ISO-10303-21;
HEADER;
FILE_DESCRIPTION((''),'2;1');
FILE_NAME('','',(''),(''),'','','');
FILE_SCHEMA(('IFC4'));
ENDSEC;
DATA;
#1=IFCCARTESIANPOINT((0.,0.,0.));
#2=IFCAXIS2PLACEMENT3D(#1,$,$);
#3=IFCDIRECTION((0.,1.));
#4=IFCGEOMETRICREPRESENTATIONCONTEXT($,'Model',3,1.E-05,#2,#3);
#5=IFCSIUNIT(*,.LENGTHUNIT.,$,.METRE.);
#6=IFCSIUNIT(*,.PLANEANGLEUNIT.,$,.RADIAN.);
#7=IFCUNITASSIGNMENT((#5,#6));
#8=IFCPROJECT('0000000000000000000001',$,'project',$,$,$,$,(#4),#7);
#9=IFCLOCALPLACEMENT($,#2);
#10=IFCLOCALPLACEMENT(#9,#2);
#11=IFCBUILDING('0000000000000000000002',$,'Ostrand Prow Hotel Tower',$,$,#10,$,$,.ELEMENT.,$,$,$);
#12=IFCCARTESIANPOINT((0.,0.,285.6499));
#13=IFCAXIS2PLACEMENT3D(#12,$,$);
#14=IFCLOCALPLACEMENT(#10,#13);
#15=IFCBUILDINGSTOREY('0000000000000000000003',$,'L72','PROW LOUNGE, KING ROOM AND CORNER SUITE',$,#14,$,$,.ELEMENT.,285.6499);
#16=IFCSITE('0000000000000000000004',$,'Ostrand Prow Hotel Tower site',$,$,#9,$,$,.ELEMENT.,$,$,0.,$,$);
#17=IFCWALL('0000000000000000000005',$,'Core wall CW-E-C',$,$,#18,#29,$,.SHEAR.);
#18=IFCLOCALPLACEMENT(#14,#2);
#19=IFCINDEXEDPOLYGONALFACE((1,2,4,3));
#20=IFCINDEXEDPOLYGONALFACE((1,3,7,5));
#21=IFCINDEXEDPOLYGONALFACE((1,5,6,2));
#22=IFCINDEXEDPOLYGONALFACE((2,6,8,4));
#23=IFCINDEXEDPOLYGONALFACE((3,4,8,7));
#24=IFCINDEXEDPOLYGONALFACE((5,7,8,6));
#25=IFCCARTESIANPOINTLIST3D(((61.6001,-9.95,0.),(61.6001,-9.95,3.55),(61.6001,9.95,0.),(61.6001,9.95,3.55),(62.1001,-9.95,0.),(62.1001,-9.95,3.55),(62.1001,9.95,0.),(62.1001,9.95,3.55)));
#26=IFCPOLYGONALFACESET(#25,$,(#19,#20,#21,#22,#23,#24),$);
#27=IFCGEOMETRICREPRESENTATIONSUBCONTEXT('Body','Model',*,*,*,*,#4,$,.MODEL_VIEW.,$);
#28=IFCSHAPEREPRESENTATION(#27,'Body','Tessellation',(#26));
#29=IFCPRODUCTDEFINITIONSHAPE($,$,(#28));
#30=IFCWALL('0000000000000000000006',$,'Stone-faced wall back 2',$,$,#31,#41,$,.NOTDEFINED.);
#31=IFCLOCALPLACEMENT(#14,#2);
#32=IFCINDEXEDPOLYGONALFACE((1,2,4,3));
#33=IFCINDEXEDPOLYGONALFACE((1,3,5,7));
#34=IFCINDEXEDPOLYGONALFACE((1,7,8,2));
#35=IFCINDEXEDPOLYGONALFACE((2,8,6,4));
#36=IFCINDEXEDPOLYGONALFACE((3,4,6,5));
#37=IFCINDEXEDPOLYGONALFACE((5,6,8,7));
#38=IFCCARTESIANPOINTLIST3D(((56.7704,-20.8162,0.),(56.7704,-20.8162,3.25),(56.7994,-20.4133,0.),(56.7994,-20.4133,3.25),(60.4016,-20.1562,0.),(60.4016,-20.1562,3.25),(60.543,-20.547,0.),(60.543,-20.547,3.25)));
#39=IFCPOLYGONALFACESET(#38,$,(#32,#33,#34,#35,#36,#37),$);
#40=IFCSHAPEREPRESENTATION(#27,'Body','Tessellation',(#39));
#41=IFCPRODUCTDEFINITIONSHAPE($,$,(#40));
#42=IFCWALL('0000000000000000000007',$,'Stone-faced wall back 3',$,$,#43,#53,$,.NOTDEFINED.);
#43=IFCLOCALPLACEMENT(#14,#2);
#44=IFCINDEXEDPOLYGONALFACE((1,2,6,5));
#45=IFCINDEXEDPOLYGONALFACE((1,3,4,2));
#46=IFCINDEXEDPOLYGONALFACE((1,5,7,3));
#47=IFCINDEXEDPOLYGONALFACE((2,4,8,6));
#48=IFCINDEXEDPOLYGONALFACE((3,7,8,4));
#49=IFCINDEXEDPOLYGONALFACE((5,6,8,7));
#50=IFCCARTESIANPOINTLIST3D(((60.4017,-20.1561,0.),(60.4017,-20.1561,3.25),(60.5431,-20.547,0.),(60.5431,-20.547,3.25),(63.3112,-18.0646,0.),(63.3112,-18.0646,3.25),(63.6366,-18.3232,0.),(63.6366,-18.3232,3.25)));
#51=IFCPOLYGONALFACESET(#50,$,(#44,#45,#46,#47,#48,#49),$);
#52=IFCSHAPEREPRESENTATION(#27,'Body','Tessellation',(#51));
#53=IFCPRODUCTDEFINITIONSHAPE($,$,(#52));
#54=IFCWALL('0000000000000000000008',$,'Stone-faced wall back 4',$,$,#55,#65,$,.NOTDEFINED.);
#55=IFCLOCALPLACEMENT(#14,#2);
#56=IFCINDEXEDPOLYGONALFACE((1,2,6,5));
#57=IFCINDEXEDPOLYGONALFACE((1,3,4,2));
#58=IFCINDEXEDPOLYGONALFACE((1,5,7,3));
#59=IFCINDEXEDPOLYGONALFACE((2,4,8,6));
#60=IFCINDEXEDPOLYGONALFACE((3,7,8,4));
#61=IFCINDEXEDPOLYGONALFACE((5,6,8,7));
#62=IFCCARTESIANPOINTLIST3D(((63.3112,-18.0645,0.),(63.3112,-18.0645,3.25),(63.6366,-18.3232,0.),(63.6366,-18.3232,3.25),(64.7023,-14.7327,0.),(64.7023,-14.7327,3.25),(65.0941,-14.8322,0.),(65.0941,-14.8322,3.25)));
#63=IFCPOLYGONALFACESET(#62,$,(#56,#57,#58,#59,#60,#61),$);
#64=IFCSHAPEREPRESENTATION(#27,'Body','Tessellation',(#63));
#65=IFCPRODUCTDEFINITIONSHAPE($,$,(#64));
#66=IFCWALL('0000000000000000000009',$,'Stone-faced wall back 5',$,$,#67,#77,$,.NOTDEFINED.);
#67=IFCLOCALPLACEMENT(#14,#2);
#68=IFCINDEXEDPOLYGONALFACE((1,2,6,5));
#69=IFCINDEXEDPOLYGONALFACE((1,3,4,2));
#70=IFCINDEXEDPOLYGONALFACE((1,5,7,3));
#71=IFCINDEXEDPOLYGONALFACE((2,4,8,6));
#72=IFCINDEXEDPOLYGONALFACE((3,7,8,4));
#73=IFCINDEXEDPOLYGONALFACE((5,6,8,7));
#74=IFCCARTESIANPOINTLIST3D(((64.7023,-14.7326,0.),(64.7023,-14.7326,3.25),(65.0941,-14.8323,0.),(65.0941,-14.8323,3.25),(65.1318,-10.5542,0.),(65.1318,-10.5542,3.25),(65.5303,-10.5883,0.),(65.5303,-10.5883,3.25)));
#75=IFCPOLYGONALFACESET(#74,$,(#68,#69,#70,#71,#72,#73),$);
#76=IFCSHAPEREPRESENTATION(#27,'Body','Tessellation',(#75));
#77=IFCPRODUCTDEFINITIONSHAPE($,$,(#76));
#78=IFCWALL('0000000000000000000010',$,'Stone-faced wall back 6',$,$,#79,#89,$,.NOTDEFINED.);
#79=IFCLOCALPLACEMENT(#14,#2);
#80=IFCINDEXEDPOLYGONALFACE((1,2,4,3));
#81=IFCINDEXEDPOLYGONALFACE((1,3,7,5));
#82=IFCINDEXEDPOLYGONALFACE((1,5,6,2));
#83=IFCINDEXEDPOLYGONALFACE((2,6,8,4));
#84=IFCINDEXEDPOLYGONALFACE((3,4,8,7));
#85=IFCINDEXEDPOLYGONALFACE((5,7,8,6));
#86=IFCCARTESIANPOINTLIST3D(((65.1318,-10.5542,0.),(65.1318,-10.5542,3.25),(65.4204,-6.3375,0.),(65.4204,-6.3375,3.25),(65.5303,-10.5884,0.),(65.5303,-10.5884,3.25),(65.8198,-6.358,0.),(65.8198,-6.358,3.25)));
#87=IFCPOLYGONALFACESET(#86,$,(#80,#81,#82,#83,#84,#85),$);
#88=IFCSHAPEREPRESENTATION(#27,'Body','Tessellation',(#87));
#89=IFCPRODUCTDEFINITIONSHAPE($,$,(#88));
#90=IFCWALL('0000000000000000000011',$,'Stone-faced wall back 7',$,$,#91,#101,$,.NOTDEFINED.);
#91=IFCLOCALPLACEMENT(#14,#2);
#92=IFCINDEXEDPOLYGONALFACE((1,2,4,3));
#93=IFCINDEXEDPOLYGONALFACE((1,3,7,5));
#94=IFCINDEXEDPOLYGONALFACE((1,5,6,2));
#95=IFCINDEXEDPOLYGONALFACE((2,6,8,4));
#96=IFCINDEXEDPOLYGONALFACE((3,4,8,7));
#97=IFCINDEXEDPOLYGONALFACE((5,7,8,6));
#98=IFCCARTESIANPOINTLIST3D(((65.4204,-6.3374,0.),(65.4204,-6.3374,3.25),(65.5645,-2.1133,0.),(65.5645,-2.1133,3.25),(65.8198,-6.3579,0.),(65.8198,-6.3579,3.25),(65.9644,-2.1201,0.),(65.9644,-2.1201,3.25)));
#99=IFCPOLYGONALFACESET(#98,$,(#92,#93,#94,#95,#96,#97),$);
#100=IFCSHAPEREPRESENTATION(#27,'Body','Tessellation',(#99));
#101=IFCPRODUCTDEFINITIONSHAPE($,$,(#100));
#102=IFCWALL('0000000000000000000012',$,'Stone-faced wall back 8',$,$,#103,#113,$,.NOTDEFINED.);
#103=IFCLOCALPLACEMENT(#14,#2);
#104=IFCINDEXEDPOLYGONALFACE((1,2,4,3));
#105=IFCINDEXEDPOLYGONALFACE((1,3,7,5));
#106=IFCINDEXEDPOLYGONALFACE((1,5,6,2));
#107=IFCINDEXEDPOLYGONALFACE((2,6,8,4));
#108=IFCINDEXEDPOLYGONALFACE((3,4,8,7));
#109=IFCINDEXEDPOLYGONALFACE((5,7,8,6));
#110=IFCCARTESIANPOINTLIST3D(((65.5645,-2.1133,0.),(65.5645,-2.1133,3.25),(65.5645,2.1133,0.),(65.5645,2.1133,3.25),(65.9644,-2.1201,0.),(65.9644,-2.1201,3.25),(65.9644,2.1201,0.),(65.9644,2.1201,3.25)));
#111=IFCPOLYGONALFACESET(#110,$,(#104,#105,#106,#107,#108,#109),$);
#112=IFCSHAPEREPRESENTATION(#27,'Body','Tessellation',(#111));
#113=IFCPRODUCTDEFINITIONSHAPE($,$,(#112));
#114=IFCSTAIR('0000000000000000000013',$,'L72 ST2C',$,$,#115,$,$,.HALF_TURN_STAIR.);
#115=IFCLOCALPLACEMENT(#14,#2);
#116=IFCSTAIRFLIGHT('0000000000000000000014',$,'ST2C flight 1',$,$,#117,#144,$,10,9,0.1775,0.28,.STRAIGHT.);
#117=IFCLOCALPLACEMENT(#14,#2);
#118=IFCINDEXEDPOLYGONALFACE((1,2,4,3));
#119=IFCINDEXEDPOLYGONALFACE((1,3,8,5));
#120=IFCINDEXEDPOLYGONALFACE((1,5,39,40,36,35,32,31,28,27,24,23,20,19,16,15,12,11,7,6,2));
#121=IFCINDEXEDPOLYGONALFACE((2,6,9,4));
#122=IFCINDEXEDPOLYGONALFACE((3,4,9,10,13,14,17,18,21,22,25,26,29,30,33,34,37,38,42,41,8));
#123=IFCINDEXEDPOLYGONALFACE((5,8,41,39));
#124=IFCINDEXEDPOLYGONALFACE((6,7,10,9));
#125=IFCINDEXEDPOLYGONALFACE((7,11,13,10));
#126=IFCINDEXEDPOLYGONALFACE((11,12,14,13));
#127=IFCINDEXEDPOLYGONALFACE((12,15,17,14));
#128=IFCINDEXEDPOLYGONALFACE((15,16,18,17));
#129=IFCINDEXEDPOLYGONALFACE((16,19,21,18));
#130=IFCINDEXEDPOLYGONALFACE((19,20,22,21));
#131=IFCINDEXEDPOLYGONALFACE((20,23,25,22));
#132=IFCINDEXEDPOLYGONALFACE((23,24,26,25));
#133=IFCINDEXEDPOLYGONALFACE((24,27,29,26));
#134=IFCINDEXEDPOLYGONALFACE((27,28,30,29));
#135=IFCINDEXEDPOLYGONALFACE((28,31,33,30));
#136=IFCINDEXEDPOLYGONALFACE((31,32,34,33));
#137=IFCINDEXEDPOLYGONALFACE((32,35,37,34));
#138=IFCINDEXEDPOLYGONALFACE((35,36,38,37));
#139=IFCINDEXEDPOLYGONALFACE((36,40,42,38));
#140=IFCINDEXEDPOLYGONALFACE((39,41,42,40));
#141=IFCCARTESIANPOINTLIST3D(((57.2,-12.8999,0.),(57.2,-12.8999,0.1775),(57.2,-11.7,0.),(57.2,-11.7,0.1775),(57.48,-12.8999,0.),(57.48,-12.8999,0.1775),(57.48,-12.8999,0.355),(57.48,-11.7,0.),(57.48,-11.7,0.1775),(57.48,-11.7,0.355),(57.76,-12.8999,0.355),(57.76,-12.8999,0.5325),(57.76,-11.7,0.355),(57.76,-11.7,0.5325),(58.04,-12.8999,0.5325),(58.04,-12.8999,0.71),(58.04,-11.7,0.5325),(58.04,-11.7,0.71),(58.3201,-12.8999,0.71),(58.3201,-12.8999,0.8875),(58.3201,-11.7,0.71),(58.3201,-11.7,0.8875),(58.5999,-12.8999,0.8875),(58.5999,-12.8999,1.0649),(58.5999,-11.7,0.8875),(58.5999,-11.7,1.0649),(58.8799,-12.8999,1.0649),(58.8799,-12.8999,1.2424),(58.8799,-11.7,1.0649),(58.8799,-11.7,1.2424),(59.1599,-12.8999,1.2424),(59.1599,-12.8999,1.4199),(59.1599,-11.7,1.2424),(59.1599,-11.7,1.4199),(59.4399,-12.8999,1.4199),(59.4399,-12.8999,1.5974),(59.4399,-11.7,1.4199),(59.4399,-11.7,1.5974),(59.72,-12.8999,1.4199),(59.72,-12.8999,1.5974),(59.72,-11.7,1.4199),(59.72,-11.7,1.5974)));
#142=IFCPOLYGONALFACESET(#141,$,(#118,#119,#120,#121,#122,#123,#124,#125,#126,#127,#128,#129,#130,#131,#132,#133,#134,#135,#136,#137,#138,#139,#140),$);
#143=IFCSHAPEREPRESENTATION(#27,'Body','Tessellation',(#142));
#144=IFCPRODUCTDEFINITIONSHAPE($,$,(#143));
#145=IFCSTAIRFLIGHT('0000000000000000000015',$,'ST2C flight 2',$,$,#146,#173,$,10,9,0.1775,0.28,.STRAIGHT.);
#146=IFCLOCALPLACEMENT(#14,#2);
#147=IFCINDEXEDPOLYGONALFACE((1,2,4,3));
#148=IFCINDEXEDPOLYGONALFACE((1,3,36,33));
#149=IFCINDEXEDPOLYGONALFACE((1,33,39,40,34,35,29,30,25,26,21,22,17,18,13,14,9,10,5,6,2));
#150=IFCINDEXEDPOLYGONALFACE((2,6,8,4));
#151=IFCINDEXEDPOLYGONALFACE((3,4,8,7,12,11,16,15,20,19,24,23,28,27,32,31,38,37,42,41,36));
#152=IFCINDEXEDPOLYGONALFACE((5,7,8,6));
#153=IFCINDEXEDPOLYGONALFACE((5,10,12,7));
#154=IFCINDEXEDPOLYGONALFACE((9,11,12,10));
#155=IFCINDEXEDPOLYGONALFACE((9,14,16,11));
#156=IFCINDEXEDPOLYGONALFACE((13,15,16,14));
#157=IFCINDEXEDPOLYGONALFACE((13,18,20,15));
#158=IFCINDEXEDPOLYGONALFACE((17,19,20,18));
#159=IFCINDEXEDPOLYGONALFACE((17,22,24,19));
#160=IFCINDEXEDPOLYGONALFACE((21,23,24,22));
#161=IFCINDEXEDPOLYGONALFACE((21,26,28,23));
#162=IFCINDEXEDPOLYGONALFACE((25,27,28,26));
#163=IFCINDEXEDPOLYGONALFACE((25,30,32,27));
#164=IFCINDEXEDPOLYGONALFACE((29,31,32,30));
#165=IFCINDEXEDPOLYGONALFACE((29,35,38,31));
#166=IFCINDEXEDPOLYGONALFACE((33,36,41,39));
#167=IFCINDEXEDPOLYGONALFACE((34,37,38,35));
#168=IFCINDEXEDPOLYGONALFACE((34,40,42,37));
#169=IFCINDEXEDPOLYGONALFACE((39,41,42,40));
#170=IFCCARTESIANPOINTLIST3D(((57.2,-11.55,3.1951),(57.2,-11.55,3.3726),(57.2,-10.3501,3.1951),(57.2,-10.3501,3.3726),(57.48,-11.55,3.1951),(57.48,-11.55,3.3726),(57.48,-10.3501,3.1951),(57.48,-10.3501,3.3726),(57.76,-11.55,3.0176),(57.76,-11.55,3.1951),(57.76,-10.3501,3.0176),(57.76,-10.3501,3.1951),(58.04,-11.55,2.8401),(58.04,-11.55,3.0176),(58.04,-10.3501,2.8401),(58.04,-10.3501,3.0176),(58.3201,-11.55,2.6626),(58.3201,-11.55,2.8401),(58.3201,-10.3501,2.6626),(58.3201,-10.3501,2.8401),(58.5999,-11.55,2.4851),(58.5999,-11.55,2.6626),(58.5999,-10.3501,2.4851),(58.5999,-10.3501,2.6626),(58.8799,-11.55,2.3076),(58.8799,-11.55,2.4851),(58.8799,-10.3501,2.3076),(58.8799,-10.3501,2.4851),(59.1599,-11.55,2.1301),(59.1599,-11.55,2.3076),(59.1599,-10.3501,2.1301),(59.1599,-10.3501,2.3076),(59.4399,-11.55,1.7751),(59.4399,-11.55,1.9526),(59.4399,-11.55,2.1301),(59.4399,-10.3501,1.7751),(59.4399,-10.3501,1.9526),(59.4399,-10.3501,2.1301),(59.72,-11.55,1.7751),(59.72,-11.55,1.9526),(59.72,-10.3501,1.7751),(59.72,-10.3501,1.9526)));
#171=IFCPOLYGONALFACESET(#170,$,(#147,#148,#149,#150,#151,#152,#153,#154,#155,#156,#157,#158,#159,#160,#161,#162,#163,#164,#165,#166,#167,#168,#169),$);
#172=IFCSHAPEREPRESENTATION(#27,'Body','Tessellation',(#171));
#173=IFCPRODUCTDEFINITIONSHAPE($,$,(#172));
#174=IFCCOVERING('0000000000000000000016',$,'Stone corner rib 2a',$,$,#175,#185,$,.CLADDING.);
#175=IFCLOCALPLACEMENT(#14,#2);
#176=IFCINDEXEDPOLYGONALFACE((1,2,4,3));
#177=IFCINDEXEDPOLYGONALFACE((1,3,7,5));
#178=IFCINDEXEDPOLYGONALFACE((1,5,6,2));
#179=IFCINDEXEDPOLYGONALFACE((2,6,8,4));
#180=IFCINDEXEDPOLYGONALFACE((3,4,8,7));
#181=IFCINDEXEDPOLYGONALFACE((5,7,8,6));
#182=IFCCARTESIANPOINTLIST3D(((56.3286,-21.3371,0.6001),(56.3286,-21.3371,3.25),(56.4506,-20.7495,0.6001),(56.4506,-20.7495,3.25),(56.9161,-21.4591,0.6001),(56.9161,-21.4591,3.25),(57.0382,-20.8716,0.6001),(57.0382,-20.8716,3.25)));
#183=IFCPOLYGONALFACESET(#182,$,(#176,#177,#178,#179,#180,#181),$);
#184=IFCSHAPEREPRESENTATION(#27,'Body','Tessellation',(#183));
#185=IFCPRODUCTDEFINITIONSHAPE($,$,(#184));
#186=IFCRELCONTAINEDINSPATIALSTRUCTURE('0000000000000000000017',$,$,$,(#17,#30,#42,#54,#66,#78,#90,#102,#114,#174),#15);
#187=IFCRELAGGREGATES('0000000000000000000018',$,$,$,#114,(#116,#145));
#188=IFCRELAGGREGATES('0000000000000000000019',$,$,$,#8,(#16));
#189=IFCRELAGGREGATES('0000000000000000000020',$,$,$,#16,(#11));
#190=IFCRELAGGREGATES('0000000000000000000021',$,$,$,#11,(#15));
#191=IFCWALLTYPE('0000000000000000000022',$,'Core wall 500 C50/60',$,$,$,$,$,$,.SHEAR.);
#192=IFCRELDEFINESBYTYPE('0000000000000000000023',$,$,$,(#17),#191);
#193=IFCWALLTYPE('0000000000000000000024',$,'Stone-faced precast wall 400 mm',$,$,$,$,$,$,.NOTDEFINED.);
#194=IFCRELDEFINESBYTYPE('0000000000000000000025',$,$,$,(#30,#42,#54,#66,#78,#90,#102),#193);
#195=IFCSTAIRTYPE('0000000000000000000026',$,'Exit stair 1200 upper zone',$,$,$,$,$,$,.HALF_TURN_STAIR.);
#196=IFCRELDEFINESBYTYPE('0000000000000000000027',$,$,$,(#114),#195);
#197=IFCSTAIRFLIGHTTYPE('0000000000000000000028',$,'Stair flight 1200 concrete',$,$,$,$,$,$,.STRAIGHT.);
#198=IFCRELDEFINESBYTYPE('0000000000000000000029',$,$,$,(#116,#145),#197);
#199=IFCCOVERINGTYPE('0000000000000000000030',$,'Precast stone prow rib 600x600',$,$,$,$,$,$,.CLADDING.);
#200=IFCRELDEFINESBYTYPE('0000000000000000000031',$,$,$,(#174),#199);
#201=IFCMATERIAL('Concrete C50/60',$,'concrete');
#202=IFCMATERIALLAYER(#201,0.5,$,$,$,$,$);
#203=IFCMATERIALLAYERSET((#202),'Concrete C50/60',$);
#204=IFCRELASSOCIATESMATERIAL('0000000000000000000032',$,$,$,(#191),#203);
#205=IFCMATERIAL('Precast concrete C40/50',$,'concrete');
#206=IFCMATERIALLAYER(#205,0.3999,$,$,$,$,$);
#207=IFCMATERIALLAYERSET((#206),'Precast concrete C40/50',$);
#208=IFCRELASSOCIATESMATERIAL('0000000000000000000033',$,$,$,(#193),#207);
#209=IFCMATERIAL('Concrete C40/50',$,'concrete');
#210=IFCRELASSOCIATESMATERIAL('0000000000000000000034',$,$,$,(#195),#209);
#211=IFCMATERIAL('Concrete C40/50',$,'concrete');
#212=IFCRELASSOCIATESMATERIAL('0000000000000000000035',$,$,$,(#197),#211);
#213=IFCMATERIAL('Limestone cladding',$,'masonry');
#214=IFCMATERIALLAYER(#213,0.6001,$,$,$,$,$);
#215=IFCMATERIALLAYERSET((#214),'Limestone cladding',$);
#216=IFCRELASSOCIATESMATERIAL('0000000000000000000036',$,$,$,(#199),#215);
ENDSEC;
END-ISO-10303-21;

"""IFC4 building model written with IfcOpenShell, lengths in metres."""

from ifc_helpers import new_model, si_unit, direction, frame, frame_2d, origin, place, context, subcontext, project, spatial, polyline, rectangle, outline, extrude, material, layer, layer_set, type_object, element, aggregate, save


model = new_model("IFC4")

# Units and contexts
model_context = context("Model", 3, precision=1e-05, world=origin(), true_north=direction((0.0, 1.0)))
body_context = subcontext(model_context, "Body", "Model", "MODEL_VIEW")
ifc_project = project(units=[si_unit("LENGTHUNIT", "METRE"), si_unit("PLANEANGLEUNIT", "RADIAN")], contexts=[model_context])

# Site, building, storey
site_placement = place(None, origin())
site = spatial("IfcSite", under=ifc_project, at=site_placement, Name="Ostrand Prow Hotel Tower site", CompositionType="ELEMENT", RefElevation=0.0)
building_placement = place(site_placement, origin())
building = spatial("IfcBuilding", under=site, at=building_placement, Name="Ostrand Prow Hotel Tower", CompositionType="ELEMENT")
storey_placement = place(building_placement, frame((0.0, 0.0, 285.6499)))
storey = spatial("IfcBuildingStorey", under=building, at=storey_placement, Name="L72", Description="PROW LOUNGE, KING ROOM AND CORNER SUITE", CompositionType="ELEMENT", Elevation=285.6499)

# Walls
ifc_material_1 = material(Name="Concrete C50/60", Category="concrete")
ifc_layer_1 = layer(ifc_material_1, 0.5)
ifc_layer_set_1 = layer_set([ifc_layer_1], Name="Concrete C50/60")
wall_type_1 = type_object("IfcWallType", Name="Core wall 500 C50/60", PredefinedType="SHEAR", material=ifc_layer_set_1)
wall_1_placement = place(storey_placement, frame((61.8501, -9.95, 0.0), z_axis=(0.0, 0.0, 1.0), x_axis=(0.0, 1.0, 0.0)))
element("IfcWall", 1, at=wall_1_placement, inside=storey, type_object=wall_type_1, Name="Core wall CW-E-C", PredefinedType="SHEAR", context=body_context, shape_type="SweptSolid", body=[
    extrude(rectangle(XDim=19.8999, YDim=0.5, at=frame_2d((9.95, 0.0))), origin(), (0.0, 0.0, 1.0), 3.55),
])
ifc_material_2 = material(Name="Precast concrete C40/50", Category="concrete")
ifc_layer_2 = layer(ifc_material_2, 0.3999)
ifc_layer_set_2 = layer_set([ifc_layer_2], Name="Precast concrete C40/50")
wall_type_2 = type_object("IfcWallType", Name="Stone-faced precast wall 400 mm", PredefinedType="NOTDEFINED", material=ifc_layer_set_2)
wall_2_placement = place(storey_placement, frame((56.7849, -20.6147, 0.0), z_axis=(0.0, 0.0, 1.0), x_axis=(0.997463, 0.071191, 0.0)))
element("IfcWall", 2, at=wall_2_placement, inside=storey, type_object=wall_type_2, Name="Stone-faced wall back 2", PredefinedType="NOTDEFINED", context=body_context, shape_type="SweptSolid", body=[
    extrude(outline(polyline([(-0.0288, -0.2), (3.7534, -0.2), (3.6401, 0.2), (0.0288, 0.2), (-0.0288, -0.2)])), origin(), (0.0, 0.0, 1.0), 3.25),
])
wall_3_placement = place(storey_placement, frame((60.4724, -20.3516, 0.0), z_axis=(0.0, 0.0, 1.0), x_axis=(0.811963, 0.58371, 0.0)))
element("IfcWall", 3, at=wall_3_placement, inside=storey, type_object=wall_type_2, Name="Stone-faced wall back 3", PredefinedType="NOTDEFINED", context=body_context, shape_type="SweptSolid", body=[
    extrude(outline(polyline([(-0.0566, -0.2), (3.7532, -0.2), (3.6399, 0.2), (0.0566, 0.2), (-0.0566, -0.2)])), origin(), (0.0, 0.0, 1.0), 3.25),
])
wall_4_placement = place(storey_placement, frame((63.4739, -18.1938, 0.0), z_axis=(0.0, 0.0, 1.0), x_axis=(0.385286, 0.922797, 0.0)))
element("IfcWall", 4, at=wall_4_placement, inside=storey, type_object=wall_type_2, Name="Stone-faced wall back 4", PredefinedType="NOTDEFINED", context=body_context, shape_type="SweptSolid", body=[
    extrude(outline(polyline([(-0.0566, -0.2), (3.7263, -0.2), (3.6672, 0.2), (0.0566, 0.2), (-0.0566, -0.2)])), origin(), (0.0, 0.0, 1.0), 3.25),
])
wall_5_placement = place(storey_placement, frame((64.8982, -14.7825, 0.0), z_axis=(0.0, 0.0, 1.0), x_axis=(0.10225, 0.994759, 0.0)))
element("IfcWall", 5, at=wall_5_placement, inside=storey, type_object=wall_type_2, Name="Stone-faced wall back 5", PredefinedType="NOTDEFINED", context=body_context, shape_type="SweptSolid", body=[
    extrude(outline(polyline([(-0.0295, -0.2), (4.2368, -0.2), (4.23, 0.2), (0.0295, 0.2), (-0.0295, -0.2)])), origin(), (0.0, 0.0, 1.0), 3.25),
])
for number, where, z_axis, x_axis, name in (
    (6, (65.3311, -10.5713, 0.0), (0.0, 0.0, 1.0), (0.06828, 0.997666, 0.0), "Stone-faced wall back 6"),
    (7, (65.6201, -6.3477, 0.0), (0.0, 0.0, 1.0), (0.034083, 0.999419, 0.0), "Stone-faced wall back 7"),
    (8, (65.7644, -2.1167, 0.0), (0.0, 0.0, 1.0), (0.0, 1.0, 0.0), "Stone-faced wall back 8"),
):
    element("IfcWall", number, at=place(storey_placement, frame(where, z_axis=z_axis, x_axis=x_axis)), inside=storey, type_object=wall_type_2, Name=name, PredefinedType="NOTDEFINED", context=body_context, shape_type="SweptSolid", body=[
        extrude(outline(polyline([(-0.0034, -0.2), (4.2368, -0.2), (4.23, 0.2), (0.0034, 0.2), (-0.0034, -0.2)])), origin(), (0.0, 0.0, 1.0), 3.25),
    ])

# Stair, stair flights
ifc_material_3 = material(Name="Concrete C40/50", Category="concrete")
stair_type = type_object("IfcStairType", Name="Exit stair 1200 upper zone", PredefinedType="HALF_TURN_STAIR", material=ifc_material_3)
stair_placement = place(storey_placement, origin())
stair = element("IfcStair", 9, at=stair_placement, inside=storey, type_object=stair_type, Name="L72 ST2C", PredefinedType="HALF_TURN_STAIR")
ifc_material_4 = material(Name="Concrete C40/50", Category="concrete")
stair_flight_type = type_object("IfcStairFlightType", Name="Stair flight 1200 concrete", PredefinedType="STRAIGHT", material=ifc_material_4)
stair_flight_1_placement = place(storey_placement, frame((57.2, -12.3, 0.0), z_axis=(0.0, 0.0, 1.0), x_axis=(1.0, 0.0, 0.0)))
stair_flight_1 = element("IfcStairFlight", 10, at=stair_flight_1_placement, type_object=stair_flight_type, Name="ST2C flight 1", NumberOfRisers=10, NumberOfTreads=9, PredefinedType="STRAIGHT", RiserHeight=0.1775, TreadLength=0.28, context=body_context, shape_type="SweptSolid", body=[
    extrude(outline(polyline([(0.0, 0.0), (0.0, 0.1775), (0.28, 0.1775), (0.28, 0.355), (0.5601, 0.355), (0.5601, 0.5325), (0.8401, 0.5325), (0.8401, 0.71), (1.1201, 0.71), (1.1201, 0.8875), (1.3999, 0.8875), (1.3999, 1.0649), (1.6799, 1.0649), (1.6799, 1.2424), (1.96, 1.2424), (1.96, 1.4199), (2.24, 1.4199), (2.24, 1.5974), (2.52, 1.5974), (2.52, 1.7749), (2.52, 1.4199), (0.28, 0.0), (0.0, 0.0)])), frame((0.0, 0.6001, 0.0), z_axis=(0.0, -1.0, 0.0), x_axis=(1.0, 0.0, 0.0)), (0.0, 0.0, 1.0), 1.2),
])
stair_flight_2_placement = place(storey_placement, frame((59.72, -10.95, 1.7751), z_axis=(0.0, 0.0, 1.0), x_axis=(-1.0, 0.0, 0.0)))
stair_flight_2 = element("IfcStairFlight", 11, at=stair_flight_2_placement, type_object=stair_flight_type, Name="ST2C flight 2", NumberOfRisers=10, NumberOfTreads=9, PredefinedType="STRAIGHT", RiserHeight=0.1775, TreadLength=0.28, context=body_context, shape_type="SweptSolid", body=[
    extrude(outline(polyline([(0.0, 0.0), (0.0, 0.1775), (0.28, 0.1775), (0.28, 0.355), (0.5601, 0.355), (0.5601, 0.5325), (0.8401, 0.5325), (0.8401, 0.71), (1.1201, 0.71), (1.1201, 0.8875), (1.3999, 0.8875), (1.3999, 1.0649), (1.6799, 1.0649), (1.6799, 1.2424), (1.96, 1.2424), (1.96, 1.4199), (2.24, 1.4199), (2.24, 1.5974), (2.52, 1.5974), (2.52, 1.7749), (2.52, 1.4199), (0.28, 0.0), (0.0, 0.0)])), frame((0.0, 0.6001, 0.0), z_axis=(0.0, -1.0, 0.0), x_axis=(1.0, 0.0, 0.0)), (0.0, 0.0, 1.0), 1.2),
])
aggregate(stair, [stair_flight_1, stair_flight_2])

# Covering
ifc_material_5 = material(Name="Limestone cladding", Category="masonry")
ifc_layer_3 = layer(ifc_material_5, 0.6001)
ifc_layer_set_3 = layer_set([ifc_layer_3], Name="Limestone cladding")
covering_type = type_object("IfcCoveringType", Name="Precast stone prow rib 600x600", PredefinedType="CLADDING", material=ifc_layer_set_3)
covering_1_placement = place(storey_placement, frame((56.7444, -20.8105, 0.6001), z_axis=(0.0, 0.0, 1.0), x_axis=(-0.203386, -0.979099, 0.0)))
element("IfcCovering", 12, at=covering_1_placement, inside=storey, type_object=covering_type, Name="Stone corner rib 2a", PredefinedType="CLADDING", context=body_context, shape_type="SweptSolid", body=[
    extrude(rectangle(XDim=0.6001, YDim=0.6001, at=frame_2d((0.3, 0.0))), origin(), (0.0, 0.0, 1.0), 2.6499),
])

save(model, "model.ifc")
